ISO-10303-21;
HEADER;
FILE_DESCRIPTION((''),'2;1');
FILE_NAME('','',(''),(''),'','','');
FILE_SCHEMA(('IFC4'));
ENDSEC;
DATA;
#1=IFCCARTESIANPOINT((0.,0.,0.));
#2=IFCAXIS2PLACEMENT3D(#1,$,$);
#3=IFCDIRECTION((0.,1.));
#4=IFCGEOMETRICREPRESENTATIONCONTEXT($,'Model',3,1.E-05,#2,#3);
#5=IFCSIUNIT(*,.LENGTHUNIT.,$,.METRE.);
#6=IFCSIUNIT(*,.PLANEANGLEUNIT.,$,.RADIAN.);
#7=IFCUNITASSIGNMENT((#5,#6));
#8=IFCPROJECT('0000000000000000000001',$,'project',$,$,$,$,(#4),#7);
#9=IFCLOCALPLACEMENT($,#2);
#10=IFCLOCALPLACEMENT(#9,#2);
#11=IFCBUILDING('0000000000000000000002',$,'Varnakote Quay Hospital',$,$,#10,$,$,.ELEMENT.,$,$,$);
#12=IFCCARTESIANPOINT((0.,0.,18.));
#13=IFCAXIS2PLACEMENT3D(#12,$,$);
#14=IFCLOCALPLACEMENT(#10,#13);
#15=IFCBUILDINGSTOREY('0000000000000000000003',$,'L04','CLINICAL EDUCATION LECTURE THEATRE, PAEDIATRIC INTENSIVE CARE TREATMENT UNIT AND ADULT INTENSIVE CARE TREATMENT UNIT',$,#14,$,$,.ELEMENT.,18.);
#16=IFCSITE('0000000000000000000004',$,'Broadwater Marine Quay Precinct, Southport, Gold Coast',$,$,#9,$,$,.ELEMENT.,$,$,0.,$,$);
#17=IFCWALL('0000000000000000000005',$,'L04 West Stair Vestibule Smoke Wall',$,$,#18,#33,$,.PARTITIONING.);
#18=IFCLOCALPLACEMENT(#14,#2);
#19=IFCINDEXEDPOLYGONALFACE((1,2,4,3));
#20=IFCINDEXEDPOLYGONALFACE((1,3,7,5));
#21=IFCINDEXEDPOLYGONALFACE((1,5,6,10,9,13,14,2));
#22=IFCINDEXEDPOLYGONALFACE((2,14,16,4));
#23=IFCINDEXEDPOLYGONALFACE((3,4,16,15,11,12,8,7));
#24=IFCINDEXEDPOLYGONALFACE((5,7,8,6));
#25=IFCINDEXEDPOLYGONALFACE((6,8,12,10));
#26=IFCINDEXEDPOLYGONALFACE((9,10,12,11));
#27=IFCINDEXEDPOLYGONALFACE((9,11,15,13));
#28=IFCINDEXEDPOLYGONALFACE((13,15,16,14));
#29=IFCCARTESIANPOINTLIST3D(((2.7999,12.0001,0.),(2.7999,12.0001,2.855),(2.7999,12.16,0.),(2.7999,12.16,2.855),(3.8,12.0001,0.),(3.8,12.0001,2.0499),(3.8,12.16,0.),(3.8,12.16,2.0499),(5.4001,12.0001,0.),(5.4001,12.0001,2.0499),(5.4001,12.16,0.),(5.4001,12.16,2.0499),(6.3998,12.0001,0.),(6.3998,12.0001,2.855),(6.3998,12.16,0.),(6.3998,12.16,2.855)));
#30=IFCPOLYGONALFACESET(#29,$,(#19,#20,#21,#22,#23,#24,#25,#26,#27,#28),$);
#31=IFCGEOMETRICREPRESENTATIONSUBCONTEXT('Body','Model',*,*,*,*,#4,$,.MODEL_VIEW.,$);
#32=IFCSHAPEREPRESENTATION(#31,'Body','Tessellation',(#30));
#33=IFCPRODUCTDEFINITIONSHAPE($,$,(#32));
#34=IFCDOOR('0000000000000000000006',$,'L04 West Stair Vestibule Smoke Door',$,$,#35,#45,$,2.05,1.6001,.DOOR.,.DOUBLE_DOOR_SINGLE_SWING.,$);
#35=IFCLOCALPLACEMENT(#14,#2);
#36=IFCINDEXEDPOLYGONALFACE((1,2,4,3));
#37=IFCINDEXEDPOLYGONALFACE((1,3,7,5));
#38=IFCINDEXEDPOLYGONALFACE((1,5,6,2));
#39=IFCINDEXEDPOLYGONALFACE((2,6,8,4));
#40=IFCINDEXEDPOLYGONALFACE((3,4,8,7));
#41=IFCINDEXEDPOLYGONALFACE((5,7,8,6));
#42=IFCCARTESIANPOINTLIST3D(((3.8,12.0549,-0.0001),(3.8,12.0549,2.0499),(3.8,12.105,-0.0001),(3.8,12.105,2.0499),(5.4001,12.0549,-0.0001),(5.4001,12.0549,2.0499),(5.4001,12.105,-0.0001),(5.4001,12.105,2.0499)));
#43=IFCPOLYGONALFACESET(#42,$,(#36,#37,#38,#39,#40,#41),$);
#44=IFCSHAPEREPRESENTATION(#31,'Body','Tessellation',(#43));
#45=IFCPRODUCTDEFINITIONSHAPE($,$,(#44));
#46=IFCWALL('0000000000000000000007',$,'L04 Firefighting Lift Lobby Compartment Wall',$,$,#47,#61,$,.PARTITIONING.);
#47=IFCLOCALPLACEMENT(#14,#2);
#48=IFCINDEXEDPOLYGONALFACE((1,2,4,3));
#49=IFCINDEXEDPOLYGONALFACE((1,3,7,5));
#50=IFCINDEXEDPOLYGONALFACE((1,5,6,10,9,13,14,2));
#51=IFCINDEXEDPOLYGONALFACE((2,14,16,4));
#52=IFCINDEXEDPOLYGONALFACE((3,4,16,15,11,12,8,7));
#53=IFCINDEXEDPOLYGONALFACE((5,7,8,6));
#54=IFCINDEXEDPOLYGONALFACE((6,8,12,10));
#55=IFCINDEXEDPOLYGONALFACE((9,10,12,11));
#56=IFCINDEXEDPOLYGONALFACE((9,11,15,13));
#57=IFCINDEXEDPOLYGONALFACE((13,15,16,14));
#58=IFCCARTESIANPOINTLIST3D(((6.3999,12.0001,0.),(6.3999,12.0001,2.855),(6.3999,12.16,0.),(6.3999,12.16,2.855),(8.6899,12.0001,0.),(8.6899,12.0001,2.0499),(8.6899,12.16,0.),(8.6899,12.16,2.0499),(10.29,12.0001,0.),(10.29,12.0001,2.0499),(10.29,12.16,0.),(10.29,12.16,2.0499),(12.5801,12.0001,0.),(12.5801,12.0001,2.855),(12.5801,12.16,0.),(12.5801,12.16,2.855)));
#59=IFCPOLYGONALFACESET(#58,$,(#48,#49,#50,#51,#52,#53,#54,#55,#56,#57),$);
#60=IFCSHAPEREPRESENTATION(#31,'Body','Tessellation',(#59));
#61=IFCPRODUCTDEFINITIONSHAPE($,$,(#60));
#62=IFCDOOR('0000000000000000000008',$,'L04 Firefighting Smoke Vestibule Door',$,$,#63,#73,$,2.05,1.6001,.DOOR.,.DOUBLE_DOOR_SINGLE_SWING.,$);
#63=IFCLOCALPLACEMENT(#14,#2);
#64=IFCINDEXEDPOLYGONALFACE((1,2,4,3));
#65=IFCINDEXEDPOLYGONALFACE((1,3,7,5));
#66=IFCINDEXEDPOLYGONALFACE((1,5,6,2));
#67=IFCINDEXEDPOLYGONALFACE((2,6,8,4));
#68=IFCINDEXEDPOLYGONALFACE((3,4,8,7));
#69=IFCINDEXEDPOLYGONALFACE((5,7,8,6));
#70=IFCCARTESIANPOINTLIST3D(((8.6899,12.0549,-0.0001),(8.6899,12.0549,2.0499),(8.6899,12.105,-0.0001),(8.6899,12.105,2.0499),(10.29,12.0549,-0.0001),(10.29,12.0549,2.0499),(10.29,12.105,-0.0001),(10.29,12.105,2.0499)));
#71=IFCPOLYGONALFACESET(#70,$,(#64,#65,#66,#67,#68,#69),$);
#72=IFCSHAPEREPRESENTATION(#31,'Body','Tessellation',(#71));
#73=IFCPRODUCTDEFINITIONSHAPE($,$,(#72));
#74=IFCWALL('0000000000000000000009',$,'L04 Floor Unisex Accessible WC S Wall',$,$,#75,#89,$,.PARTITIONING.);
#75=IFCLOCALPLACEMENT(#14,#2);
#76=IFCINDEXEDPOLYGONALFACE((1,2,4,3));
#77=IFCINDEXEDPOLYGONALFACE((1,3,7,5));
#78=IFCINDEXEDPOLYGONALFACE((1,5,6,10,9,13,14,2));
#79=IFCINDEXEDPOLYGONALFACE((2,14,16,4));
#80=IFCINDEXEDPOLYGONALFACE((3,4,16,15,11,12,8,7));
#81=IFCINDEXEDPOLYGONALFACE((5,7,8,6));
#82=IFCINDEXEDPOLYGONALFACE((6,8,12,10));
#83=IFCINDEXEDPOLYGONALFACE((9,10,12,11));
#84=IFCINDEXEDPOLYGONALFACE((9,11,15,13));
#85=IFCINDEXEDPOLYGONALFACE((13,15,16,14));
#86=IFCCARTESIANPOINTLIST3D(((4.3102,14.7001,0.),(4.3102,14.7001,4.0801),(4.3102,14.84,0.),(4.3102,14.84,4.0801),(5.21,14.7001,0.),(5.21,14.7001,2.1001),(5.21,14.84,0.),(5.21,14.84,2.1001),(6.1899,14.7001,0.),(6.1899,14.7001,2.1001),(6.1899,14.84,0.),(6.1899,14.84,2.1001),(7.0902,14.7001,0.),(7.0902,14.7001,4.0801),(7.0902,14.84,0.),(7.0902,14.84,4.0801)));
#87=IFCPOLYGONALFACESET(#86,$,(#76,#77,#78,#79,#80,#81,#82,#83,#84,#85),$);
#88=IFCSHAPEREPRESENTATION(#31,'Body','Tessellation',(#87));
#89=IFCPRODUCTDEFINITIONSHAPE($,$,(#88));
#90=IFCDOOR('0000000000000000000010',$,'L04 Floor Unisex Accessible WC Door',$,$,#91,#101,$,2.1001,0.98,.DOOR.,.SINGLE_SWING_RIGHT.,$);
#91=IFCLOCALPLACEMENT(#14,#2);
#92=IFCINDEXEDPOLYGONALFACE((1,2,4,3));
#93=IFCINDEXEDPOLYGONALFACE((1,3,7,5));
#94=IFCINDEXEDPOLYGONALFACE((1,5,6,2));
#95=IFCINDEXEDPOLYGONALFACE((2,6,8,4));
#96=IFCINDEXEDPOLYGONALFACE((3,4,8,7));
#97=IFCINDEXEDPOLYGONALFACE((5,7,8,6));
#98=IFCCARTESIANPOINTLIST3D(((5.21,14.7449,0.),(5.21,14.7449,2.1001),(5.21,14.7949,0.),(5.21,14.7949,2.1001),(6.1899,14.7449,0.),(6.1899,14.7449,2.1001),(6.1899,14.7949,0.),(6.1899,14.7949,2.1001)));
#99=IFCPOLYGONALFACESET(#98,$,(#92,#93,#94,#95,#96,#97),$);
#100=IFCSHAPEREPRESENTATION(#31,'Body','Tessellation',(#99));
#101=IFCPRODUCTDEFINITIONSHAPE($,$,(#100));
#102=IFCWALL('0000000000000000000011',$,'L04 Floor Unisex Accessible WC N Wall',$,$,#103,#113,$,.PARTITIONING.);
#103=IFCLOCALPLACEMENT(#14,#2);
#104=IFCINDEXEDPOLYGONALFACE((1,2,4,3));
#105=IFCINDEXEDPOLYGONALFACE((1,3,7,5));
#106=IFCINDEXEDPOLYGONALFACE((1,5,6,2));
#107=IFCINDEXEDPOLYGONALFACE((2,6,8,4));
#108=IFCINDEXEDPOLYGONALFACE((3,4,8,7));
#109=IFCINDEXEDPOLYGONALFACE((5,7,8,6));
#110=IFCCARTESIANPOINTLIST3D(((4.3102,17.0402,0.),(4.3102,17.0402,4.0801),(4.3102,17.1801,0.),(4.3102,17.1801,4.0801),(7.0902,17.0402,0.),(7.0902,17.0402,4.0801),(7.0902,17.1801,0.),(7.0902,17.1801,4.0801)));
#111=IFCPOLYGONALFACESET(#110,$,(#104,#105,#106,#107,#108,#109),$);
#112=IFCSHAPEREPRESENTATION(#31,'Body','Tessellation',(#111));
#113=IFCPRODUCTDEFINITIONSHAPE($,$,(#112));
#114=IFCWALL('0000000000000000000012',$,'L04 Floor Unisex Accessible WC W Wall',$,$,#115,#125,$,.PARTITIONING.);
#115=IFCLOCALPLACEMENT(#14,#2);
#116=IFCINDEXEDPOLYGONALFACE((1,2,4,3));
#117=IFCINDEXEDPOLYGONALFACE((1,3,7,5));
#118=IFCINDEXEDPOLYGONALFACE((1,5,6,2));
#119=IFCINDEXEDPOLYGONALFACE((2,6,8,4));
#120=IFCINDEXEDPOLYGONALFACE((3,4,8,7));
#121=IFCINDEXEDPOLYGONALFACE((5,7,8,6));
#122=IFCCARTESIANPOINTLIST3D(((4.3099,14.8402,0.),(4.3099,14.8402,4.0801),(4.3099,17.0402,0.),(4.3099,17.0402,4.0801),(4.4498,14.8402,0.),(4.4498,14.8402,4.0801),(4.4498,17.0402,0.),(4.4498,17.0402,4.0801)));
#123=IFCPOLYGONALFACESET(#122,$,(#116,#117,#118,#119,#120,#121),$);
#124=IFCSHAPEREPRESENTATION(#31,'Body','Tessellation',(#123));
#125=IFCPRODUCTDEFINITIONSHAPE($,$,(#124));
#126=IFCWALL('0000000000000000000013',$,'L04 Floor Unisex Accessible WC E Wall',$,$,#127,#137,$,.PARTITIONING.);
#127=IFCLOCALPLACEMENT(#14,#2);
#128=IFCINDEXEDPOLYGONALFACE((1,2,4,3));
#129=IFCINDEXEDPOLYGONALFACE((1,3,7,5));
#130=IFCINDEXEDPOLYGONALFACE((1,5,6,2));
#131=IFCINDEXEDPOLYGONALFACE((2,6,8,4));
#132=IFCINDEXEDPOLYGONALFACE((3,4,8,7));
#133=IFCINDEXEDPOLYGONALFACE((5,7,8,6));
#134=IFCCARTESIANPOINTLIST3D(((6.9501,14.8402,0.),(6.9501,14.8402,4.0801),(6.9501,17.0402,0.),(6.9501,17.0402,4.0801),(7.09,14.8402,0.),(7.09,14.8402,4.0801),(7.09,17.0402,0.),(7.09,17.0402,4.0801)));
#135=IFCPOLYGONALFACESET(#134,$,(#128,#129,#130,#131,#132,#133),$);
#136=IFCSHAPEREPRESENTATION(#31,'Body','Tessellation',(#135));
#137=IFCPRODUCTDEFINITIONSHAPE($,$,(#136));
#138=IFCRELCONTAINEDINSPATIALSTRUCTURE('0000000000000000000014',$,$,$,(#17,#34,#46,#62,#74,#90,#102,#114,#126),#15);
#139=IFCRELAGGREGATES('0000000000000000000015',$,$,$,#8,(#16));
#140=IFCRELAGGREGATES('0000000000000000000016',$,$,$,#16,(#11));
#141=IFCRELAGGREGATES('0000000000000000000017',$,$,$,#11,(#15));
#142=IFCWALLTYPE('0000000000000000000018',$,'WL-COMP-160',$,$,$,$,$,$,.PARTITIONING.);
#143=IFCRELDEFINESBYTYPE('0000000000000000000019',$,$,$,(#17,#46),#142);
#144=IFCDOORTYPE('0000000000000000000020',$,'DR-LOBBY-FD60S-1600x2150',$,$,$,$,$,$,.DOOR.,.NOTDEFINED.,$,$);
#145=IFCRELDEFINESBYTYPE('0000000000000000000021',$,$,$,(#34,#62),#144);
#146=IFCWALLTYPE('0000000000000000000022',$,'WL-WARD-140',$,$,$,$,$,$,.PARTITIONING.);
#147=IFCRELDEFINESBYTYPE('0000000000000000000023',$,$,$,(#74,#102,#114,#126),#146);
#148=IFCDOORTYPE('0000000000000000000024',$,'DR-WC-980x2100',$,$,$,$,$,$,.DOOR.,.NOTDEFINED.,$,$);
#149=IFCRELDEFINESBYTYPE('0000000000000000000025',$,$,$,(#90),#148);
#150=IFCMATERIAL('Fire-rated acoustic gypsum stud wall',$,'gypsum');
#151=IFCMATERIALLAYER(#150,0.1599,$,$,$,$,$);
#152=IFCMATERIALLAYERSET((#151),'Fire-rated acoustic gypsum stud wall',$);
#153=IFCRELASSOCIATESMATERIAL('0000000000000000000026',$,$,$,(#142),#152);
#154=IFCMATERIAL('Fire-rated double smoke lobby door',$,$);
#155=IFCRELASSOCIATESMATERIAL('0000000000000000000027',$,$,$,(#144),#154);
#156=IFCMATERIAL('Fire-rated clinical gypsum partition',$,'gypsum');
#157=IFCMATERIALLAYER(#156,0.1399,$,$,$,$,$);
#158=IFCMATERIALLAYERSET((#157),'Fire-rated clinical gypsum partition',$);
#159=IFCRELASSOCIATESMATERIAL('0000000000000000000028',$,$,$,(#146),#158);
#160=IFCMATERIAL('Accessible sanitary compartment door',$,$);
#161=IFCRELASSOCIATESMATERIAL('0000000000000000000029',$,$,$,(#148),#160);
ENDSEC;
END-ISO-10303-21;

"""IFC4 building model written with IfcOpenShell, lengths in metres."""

from ifc_helpers import new_model, si_unit, direction, frame, frame_2d, origin, place, context, subcontext, project, spatial, rectangle, extrude, material, layer, layer_set, type_object, element, fill, save


model = new_model("IFC4")

# Units and contexts
model_context = context("Model", 3, precision=1e-05, world=origin(), true_north=direction((0.0, 1.0)))
body_context = subcontext(model_context, "Body", "Model", "MODEL_VIEW")
ifc_project = project(units=[si_unit("LENGTHUNIT", "METRE"), si_unit("PLANEANGLEUNIT", "RADIAN")], contexts=[model_context])

# Site, building, storey
site_placement = place(None, origin())
site = spatial("IfcSite", under=ifc_project, at=site_placement, Name="Broadwater Marine Quay Precinct, Southport, Gold Coast", CompositionType="ELEMENT", RefElevation=0.0)
building_placement = place(site_placement, origin())
building = spatial("IfcBuilding", under=site, at=building_placement, Name="Varnakote Quay Hospital", CompositionType="ELEMENT")
storey_placement = place(building_placement, frame((0.0, 0.0, 18.0)))
storey = spatial("IfcBuildingStorey", under=building, at=storey_placement, Name="L04", Description="CLINICAL EDUCATION LECTURE THEATRE, PAEDIATRIC INTENSIVE CARE TREATMENT UNIT AND ADULT INTENSIVE CARE TREATMENT UNIT", CompositionType="ELEMENT", Elevation=18.0)

# Walls, openings, doors
ifc_material_1 = material(Name="Fire-rated acoustic gypsum stud wall", Category="gypsum")
ifc_layer_1 = layer(ifc_material_1, 0.1599)
ifc_layer_set_1 = layer_set([ifc_layer_1], Name="Fire-rated acoustic gypsum stud wall")
wall_type_1 = type_object("IfcWallType", Name="WL-COMP-160", PredefinedType="PARTITIONING", material=ifc_layer_set_1)
wall_1_placement = place(storey_placement, frame((2.8, 12.0801, 0.0), z_axis=(0.0, 0.0, 1.0), x_axis=(1.0, 0.0, 0.0)))
wall_1 = element("IfcWall", 1, at=wall_1_placement, inside=storey, type_object=wall_type_1, Name="L04 West Stair Vestibule Smoke Wall", PredefinedType="PARTITIONING", context=body_context, shape_type="SweptSolid", body=[
    extrude(rectangle(XDim=3.5999, YDim=0.1599, at=frame_2d((1.7998, 0.0))), origin(), (0.0, 0.0, 1.0), 2.855),
])
opening_1_placement = place(wall_1_placement, frame((1.0, 0.0, 0.0)))
opening_1 = element("IfcOpeningElement", 2, at=opening_1_placement, cuts=wall_1, PredefinedType="OPENING", context=body_context, shape_type="SweptSolid", body=[
    extrude(rectangle(XDim=1.6001, YDim=2.05, at=frame_2d((0.8, 1.0249))), frame((0.0, 0.0898, 0.0), z_axis=(0.0, -1.0, 0.0), x_axis=(1.0, 0.0, 0.0)), (0.0, 0.0, 1.0), 0.1799),
])
ifc_material_2 = material(Name="Fire-rated double smoke lobby door")
door_type_1 = type_object("IfcDoorType", Name="DR-LOBBY-FD60S-1600x2150", OperationType="NOTDEFINED", PredefinedType="DOOR", material=ifc_material_2)
door_1_placement = place(opening_1_placement, origin())
door_1 = element("IfcDoor", 3, at=door_1_placement, inside=storey, type_object=door_type_1, Name="L04 West Stair Vestibule Smoke Door", OperationType="DOUBLE_DOOR_SINGLE_SWING", OverallHeight=2.05, OverallWidth=1.6001, PredefinedType="DOOR", context=body_context, shape_type="SweptSolid", body=[
    extrude(rectangle(XDim=1.6001, YDim=2.05, at=frame_2d((0.8, 1.0249))), frame((0.0, 0.0249, 0.0), z_axis=(0.0, -1.0, 0.0), x_axis=(1.0, 0.0, 0.0)), (0.0, 0.0, 1.0), 0.05),
])
fill(opening_1, door_1)
wall_2_placement = place(storey_placement, frame((6.3999, 12.0801, 0.0), z_axis=(0.0, 0.0, 1.0), x_axis=(1.0, 0.0, 0.0)))
wall_2 = element("IfcWall", 4, at=wall_2_placement, inside=storey, type_object=wall_type_1, Name="L04 Firefighting Lift Lobby Compartment Wall", PredefinedType="PARTITIONING", context=body_context, shape_type="SweptSolid", body=[
    extrude(rectangle(XDim=6.1802, YDim=0.1599, at=frame_2d((3.0901, 0.0))), origin(), (0.0, 0.0, 1.0), 2.855),
])
opening_2_placement = place(wall_2_placement, frame((2.29, 0.0, 0.0)))
opening_2 = element("IfcOpeningElement", 5, at=opening_2_placement, cuts=wall_2, PredefinedType="OPENING", context=body_context, shape_type="SweptSolid", body=[
    extrude(rectangle(XDim=1.6001, YDim=2.05, at=frame_2d((0.8, 1.0249))), frame((0.0, 0.0898, 0.0), z_axis=(0.0, -1.0, 0.0), x_axis=(1.0, 0.0, 0.0)), (0.0, 0.0, 1.0), 0.1799),
])
door_2_placement = place(opening_2_placement, origin())
door_2 = element("IfcDoor", 6, at=door_2_placement, inside=storey, type_object=door_type_1, Name="L04 Firefighting Smoke Vestibule Door", OperationType="DOUBLE_DOOR_SINGLE_SWING", OverallHeight=2.05, OverallWidth=1.6001, PredefinedType="DOOR", context=body_context, shape_type="SweptSolid", body=[
    extrude(rectangle(XDim=1.6001, YDim=2.05, at=frame_2d((0.8, 1.0249))), frame((0.0, 0.0249, 0.0), z_axis=(0.0, -1.0, 0.0), x_axis=(1.0, 0.0, 0.0)), (0.0, 0.0, 1.0), 0.05),
])
fill(opening_2, door_2)
ifc_material_3 = material(Name="Fire-rated clinical gypsum partition", Category="gypsum")
ifc_layer_2 = layer(ifc_material_3, 0.1399)
ifc_layer_set_2 = layer_set([ifc_layer_2], Name="Fire-rated clinical gypsum partition")
wall_type_2 = type_object("IfcWallType", Name="WL-WARD-140", PredefinedType="PARTITIONING", material=ifc_layer_set_2)
wall_3_placement = place(storey_placement, frame((4.3101, 14.77, 0.0), z_axis=(0.0, 0.0, 1.0), x_axis=(1.0, 0.0, 0.0)))
wall_3 = element("IfcWall", 7, at=wall_3_placement, inside=storey, type_object=wall_type_2, Name="L04 Floor Unisex Accessible WC S Wall", PredefinedType="PARTITIONING", context=body_context, shape_type="SweptSolid", body=[
    extrude(rectangle(XDim=2.78, YDim=0.1399, at=frame_2d((1.3901, 0.0))), origin(), (0.0, 0.0, 1.0), 4.0801),
])
opening_3_placement = place(wall_3_placement, frame((0.8999, 0.0, 0.0)))
opening_3 = element("IfcOpeningElement", 8, at=opening_3_placement, cuts=wall_3, PredefinedType="OPENING", context=body_context, shape_type="SweptSolid", body=[
    extrude(rectangle(XDim=0.98, YDim=2.1001, at=frame_2d((0.49, 1.05))), frame((0.0, 0.0798, 0.0), z_axis=(0.0, -1.0, 0.0), x_axis=(1.0, 0.0, 0.0)), (0.0, 0.0, 1.0), 0.1599),
])
ifc_material_4 = material(Name="Accessible sanitary compartment door")
door_type_2 = type_object("IfcDoorType", Name="DR-WC-980x2100", OperationType="NOTDEFINED", PredefinedType="DOOR", material=ifc_material_4)
door_3_placement = place(opening_3_placement, origin())
door_3 = element("IfcDoor", 9, at=door_3_placement, inside=storey, type_object=door_type_2, Name="L04 Floor Unisex Accessible WC Door", OperationType="SINGLE_SWING_RIGHT", OverallHeight=2.1001, OverallWidth=0.98, PredefinedType="DOOR", context=body_context, shape_type="SweptSolid", body=[
    extrude(rectangle(XDim=0.98, YDim=2.1001, at=frame_2d((0.49, 1.05))), frame((0.0, 0.0249, 0.0), z_axis=(0.0, -1.0, 0.0), x_axis=(1.0, 0.0, 0.0)), (0.0, 0.0, 1.0), 0.05),
])
fill(opening_3, door_3)

# Walls
wall_4_placement = place(storey_placement, frame((4.3101, 17.1101, 0.0), z_axis=(0.0, 0.0, 1.0), x_axis=(1.0, 0.0, 0.0)))
element("IfcWall", 10, at=wall_4_placement, inside=storey, type_object=wall_type_2, Name="L04 Floor Unisex Accessible WC N Wall", PredefinedType="PARTITIONING", context=body_context, shape_type="SweptSolid", body=[
    extrude(rectangle(XDim=2.78, YDim=0.1399, at=frame_2d((1.3901, 0.0))), origin(), (0.0, 0.0, 1.0), 4.0801),
])
for number, where, z_axis, x_axis, name in (
    (11, (4.3799, 14.8401, 0.0), (0.0, 0.0, 1.0), (0.0, 1.0, 0.0), "L04 Floor Unisex Accessible WC W Wall"),
    (12, (7.02, 14.8401, 0.0), (0.0, 0.0, 1.0), (0.0, 1.0, 0.0), "L04 Floor Unisex Accessible WC E Wall"),
):
    element("IfcWall", number, at=place(storey_placement, frame(where, z_axis=z_axis, x_axis=x_axis)), inside=storey, type_object=wall_type_2, Name=name, PredefinedType="PARTITIONING", context=body_context, shape_type="SweptSolid", body=[
        extrude(rectangle(XDim=2.2, YDim=0.1399, at=frame_2d((1.1001, 0.0))), origin(), (0.0, 0.0, 1.0), 4.0801),
    ])

save(model, "model.ifc")
